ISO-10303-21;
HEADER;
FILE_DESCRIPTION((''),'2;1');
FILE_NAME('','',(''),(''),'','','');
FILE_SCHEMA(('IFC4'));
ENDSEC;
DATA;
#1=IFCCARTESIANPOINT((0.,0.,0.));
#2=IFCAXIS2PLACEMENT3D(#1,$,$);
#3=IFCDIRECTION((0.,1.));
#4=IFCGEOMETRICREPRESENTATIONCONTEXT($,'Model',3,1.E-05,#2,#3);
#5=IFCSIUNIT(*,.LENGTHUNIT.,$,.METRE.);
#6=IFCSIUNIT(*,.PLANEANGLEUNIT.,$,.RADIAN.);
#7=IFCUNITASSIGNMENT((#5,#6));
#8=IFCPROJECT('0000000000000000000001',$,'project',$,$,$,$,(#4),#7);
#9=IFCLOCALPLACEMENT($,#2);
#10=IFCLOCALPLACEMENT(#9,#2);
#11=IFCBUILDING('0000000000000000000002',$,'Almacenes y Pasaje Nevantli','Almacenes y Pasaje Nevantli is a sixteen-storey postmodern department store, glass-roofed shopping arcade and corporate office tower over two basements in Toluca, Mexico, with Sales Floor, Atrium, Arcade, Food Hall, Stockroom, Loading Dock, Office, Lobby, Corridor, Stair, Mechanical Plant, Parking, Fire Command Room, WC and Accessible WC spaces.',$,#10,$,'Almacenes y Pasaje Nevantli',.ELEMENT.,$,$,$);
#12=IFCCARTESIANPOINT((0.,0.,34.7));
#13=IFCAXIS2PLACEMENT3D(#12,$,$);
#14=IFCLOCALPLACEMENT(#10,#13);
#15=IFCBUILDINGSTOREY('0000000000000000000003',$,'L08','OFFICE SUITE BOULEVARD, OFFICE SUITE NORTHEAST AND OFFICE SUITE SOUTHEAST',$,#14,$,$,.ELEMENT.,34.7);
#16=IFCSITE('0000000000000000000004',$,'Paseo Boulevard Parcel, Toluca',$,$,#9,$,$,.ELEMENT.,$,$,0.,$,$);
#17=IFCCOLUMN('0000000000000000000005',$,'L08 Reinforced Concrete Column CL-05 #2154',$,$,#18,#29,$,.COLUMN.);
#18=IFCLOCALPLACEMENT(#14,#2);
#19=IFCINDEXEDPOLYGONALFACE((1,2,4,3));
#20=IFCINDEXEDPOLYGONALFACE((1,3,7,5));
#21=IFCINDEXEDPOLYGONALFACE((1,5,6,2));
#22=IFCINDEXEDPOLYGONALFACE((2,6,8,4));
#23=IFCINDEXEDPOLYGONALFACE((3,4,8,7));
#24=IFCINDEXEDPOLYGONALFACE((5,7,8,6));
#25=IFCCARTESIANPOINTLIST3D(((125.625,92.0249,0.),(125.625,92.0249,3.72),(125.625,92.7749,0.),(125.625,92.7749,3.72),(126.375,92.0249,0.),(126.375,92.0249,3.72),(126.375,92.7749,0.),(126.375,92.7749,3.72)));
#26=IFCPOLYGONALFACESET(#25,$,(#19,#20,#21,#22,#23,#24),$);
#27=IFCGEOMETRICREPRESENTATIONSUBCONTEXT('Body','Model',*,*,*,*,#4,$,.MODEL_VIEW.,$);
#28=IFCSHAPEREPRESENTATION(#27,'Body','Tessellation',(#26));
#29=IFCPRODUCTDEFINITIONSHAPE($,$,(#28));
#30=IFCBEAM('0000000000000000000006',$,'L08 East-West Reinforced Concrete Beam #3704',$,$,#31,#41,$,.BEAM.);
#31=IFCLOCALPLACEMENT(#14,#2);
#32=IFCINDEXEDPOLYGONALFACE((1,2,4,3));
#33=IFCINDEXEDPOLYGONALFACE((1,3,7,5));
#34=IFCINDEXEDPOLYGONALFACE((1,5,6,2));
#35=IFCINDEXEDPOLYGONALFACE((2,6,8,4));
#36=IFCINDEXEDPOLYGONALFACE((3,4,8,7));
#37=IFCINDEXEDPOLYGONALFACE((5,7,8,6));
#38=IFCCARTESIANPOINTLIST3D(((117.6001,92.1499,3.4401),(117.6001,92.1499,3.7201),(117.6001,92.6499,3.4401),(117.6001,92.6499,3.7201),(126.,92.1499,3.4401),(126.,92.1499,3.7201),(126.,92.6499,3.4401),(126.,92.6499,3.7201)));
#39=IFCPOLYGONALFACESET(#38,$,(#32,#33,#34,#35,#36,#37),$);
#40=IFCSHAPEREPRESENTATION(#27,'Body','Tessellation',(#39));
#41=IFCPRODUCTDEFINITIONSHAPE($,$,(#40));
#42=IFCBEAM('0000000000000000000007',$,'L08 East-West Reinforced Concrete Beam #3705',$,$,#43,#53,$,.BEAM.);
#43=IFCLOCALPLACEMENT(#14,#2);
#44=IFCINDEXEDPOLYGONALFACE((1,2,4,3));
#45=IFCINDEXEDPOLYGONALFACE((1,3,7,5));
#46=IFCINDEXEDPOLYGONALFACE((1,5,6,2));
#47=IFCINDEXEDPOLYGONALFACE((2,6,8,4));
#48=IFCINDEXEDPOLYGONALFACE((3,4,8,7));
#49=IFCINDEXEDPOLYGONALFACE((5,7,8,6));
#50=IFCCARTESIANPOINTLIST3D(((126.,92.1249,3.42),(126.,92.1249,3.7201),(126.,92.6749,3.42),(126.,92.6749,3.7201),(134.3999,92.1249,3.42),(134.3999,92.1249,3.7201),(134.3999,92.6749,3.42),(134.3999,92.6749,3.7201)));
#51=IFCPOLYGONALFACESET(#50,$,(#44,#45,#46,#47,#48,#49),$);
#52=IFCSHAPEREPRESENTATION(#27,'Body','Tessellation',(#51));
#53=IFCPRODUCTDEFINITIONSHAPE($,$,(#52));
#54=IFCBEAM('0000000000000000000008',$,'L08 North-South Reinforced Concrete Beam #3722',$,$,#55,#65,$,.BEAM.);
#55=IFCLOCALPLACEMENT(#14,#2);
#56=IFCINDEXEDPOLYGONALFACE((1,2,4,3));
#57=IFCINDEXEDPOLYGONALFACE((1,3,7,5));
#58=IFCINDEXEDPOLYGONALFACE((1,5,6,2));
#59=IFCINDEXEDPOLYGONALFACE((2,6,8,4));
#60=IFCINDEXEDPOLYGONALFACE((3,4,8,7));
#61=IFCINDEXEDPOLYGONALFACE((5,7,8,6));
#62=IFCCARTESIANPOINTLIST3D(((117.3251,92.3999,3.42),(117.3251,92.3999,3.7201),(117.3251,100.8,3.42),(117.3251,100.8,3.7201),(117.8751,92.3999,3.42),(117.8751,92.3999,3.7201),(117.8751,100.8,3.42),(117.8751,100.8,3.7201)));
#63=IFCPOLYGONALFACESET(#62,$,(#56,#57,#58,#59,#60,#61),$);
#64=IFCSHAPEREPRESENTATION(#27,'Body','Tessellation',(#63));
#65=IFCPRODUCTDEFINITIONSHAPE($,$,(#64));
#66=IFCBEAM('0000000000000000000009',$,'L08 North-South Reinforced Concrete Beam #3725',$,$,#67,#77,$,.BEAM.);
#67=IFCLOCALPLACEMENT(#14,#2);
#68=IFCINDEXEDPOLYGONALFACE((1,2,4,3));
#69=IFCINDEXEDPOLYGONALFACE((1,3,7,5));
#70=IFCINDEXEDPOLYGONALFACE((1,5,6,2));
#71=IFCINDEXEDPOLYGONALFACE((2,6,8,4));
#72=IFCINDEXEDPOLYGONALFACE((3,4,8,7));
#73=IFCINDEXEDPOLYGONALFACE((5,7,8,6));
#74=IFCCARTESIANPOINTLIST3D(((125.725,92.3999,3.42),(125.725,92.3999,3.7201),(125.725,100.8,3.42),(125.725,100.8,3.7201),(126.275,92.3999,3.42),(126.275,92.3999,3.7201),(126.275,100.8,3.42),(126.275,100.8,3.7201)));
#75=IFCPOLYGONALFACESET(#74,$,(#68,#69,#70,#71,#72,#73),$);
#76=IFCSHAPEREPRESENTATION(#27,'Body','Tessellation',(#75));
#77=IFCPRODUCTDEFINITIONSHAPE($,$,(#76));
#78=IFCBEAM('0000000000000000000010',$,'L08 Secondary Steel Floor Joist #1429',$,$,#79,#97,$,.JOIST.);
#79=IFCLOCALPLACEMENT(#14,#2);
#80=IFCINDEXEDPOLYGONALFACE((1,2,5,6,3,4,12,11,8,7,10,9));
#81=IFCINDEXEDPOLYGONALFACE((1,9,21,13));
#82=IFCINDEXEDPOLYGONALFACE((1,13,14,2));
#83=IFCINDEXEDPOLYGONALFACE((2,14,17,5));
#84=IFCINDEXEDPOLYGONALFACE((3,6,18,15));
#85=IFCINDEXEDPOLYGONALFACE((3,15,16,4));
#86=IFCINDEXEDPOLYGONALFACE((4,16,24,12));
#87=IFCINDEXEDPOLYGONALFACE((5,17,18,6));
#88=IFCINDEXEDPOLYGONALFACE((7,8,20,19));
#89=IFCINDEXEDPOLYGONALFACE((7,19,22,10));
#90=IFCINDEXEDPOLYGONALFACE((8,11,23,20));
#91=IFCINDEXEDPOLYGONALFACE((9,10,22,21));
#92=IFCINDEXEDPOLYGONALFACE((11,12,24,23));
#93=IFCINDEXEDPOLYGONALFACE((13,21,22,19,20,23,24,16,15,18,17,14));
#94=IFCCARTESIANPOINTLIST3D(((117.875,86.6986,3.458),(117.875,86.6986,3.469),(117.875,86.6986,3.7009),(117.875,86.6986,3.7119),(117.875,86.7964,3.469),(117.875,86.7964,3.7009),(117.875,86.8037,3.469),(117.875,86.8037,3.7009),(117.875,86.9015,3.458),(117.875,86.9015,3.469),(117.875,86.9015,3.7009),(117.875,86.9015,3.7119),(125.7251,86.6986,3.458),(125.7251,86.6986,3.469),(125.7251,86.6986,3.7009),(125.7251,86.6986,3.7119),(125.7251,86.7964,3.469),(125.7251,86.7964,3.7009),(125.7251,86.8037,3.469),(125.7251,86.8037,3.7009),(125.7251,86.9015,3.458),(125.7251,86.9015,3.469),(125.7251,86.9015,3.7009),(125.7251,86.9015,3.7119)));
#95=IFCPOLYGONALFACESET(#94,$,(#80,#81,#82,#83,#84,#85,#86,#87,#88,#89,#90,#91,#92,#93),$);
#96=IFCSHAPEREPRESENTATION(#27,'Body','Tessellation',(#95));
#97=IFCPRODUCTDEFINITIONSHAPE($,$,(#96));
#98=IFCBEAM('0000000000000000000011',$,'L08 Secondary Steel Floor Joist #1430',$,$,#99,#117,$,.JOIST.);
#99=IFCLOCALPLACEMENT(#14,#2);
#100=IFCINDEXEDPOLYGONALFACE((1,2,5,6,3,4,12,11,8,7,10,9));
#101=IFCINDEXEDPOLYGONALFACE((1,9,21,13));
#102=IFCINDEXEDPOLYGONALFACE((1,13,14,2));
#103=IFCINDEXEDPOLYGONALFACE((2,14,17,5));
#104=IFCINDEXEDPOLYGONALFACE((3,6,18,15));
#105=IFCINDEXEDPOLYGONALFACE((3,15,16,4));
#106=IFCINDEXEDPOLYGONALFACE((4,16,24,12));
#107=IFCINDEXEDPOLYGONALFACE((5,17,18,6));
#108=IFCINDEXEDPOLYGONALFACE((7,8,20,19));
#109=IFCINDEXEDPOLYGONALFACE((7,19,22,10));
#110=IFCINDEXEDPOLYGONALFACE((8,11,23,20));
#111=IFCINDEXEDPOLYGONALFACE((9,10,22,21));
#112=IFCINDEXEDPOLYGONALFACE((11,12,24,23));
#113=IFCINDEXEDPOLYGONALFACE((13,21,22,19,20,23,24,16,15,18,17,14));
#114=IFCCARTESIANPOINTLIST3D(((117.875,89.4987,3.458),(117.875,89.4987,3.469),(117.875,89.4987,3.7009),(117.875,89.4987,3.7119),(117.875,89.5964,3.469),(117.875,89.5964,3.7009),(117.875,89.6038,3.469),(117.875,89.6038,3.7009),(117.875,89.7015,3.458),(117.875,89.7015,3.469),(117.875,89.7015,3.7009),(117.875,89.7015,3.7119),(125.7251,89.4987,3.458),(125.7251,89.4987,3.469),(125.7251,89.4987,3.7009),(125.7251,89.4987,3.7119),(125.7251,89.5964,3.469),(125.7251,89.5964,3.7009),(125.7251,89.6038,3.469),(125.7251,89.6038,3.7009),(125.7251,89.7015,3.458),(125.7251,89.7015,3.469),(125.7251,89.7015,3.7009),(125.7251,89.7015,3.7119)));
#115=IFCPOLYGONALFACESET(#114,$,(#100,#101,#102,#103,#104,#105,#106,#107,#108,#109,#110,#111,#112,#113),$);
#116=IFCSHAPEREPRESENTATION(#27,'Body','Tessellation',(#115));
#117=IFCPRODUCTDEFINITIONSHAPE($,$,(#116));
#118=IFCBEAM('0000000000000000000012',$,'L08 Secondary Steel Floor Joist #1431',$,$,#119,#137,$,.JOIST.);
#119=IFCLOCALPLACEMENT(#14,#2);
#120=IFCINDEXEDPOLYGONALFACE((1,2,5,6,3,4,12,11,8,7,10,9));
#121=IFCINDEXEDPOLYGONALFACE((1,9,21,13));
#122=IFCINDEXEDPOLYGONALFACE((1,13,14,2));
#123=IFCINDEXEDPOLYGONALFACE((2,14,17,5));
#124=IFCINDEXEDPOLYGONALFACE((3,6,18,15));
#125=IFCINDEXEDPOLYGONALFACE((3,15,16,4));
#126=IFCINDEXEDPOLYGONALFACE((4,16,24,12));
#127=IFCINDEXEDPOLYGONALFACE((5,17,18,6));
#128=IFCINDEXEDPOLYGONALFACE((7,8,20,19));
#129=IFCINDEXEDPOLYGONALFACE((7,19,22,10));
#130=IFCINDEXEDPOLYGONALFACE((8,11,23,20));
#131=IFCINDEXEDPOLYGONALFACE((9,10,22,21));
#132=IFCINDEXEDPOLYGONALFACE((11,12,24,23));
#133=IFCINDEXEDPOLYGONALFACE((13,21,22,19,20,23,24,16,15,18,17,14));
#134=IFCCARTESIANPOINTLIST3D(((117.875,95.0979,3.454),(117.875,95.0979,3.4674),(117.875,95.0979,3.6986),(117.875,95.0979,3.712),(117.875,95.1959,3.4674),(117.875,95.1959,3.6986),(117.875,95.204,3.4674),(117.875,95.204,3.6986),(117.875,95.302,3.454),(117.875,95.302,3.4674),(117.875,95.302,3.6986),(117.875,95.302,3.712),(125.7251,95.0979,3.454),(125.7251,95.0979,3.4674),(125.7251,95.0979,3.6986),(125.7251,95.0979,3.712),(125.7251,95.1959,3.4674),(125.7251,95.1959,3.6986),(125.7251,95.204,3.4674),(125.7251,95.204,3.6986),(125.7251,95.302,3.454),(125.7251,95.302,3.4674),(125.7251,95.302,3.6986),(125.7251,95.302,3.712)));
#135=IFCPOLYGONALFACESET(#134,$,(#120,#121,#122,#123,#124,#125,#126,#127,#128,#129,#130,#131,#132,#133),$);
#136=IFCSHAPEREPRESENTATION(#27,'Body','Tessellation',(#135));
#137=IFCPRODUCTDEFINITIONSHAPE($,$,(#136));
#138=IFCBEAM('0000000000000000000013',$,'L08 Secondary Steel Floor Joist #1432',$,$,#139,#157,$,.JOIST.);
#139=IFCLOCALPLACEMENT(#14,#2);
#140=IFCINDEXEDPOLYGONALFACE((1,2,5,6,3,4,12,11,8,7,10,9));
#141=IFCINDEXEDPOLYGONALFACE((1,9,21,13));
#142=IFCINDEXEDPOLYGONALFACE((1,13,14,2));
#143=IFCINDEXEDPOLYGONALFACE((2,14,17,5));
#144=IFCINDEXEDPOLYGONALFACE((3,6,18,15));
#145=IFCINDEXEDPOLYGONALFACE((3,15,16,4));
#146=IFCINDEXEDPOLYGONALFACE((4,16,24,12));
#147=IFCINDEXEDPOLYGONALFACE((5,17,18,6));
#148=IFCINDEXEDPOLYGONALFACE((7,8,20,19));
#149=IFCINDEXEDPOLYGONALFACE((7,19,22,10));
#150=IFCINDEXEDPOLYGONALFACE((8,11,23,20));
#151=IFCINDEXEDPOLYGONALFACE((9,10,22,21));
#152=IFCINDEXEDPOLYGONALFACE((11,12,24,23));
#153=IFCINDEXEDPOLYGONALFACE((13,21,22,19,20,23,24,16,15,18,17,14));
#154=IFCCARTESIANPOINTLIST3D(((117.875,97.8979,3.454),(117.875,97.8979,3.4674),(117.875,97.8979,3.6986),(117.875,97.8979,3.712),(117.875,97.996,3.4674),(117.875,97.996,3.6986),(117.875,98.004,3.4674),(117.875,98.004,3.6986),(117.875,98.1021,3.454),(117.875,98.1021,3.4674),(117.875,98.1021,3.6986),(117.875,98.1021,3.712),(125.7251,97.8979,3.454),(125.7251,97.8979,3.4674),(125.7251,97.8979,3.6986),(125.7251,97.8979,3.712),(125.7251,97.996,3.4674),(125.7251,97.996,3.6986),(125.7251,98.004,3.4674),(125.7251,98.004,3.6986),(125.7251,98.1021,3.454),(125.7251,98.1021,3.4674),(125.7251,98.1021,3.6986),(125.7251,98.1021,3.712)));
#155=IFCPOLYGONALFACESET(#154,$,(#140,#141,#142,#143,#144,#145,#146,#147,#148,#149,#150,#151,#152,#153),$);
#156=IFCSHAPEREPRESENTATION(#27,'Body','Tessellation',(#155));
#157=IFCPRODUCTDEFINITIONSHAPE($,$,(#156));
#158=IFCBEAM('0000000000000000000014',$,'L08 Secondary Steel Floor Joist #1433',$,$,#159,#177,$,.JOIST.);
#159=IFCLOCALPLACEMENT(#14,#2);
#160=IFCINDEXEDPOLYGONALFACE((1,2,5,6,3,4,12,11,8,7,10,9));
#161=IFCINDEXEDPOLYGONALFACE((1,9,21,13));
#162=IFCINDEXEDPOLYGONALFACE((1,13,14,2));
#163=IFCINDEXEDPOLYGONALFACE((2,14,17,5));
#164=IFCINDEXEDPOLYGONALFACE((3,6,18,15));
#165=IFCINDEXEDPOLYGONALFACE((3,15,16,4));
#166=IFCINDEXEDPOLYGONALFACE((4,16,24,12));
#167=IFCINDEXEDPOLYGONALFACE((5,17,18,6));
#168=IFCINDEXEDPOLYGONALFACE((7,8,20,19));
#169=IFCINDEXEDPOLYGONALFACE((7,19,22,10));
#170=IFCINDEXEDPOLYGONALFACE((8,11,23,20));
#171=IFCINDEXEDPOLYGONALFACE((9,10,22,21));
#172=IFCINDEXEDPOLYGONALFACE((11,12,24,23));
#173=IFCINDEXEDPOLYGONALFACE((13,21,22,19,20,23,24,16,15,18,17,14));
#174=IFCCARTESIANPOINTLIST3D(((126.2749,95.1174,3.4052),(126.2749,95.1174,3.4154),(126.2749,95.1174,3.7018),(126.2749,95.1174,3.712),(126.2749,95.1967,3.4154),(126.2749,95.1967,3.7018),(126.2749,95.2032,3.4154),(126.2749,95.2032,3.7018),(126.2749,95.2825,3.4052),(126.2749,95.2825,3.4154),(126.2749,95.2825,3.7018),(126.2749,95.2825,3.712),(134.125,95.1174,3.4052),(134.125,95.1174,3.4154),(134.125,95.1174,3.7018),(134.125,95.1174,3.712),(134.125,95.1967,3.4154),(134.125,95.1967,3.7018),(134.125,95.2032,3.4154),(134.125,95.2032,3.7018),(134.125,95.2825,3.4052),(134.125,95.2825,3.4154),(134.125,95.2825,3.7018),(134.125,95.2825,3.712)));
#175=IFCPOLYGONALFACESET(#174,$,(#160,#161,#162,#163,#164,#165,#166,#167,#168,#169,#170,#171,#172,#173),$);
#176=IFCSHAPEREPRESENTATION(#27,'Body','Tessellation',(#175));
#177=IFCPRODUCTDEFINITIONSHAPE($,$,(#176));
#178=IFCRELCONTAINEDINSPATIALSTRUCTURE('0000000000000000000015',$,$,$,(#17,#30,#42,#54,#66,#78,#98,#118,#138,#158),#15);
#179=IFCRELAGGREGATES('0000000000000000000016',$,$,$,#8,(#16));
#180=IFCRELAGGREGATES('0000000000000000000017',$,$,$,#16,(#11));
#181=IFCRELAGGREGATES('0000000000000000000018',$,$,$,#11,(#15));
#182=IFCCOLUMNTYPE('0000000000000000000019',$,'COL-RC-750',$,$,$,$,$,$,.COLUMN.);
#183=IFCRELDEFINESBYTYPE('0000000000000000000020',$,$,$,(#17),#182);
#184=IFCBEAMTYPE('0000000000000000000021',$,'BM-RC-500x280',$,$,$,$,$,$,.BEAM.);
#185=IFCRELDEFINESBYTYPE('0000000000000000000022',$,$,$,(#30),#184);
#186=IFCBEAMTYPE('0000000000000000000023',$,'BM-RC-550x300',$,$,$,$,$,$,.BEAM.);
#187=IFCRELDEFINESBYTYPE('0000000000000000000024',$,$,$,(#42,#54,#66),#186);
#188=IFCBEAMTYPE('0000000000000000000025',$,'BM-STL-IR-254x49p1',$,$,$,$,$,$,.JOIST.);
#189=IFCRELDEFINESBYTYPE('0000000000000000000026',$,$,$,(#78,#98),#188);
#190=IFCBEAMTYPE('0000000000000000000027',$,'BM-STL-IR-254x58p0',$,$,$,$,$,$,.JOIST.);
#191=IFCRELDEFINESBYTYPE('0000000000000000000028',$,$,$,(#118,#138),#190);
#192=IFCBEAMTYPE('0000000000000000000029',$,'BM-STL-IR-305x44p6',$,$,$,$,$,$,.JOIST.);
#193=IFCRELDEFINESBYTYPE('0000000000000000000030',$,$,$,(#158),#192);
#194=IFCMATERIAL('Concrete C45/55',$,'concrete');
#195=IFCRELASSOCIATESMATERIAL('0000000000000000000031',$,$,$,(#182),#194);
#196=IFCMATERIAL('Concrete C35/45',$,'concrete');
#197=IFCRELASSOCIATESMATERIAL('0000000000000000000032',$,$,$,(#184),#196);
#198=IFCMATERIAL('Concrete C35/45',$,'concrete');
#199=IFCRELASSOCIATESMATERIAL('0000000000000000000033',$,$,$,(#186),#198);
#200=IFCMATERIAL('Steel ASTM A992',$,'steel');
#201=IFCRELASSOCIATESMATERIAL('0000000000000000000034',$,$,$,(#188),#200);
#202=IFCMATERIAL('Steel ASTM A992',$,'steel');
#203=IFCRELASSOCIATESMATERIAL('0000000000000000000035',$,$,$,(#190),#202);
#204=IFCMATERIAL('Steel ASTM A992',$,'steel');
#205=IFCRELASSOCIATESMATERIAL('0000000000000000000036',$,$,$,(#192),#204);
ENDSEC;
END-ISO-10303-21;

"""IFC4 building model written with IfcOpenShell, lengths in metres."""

from ifc_helpers import new_model, si_unit, direction, frame, origin, origin_2d, place, context, subcontext, project, spatial, rectangle, i_section, extrude, material, material_profile, profile_set, type_object, element, save


model = new_model("IFC4")

# Units and contexts
model_context = context("Model", 3, precision=1e-05, world=origin(), true_north=direction((0.0, 1.0)))
body_context = subcontext(model_context, "Body", "Model", "MODEL_VIEW")
ifc_project = project(units=[si_unit("LENGTHUNIT", "METRE"), si_unit("PLANEANGLEUNIT", "RADIAN")], contexts=[model_context])

# Site, building, storey
site_placement = place(None, origin())
site = spatial("IfcSite", under=ifc_project, at=site_placement, Name="Paseo Boulevard Parcel, Toluca", CompositionType="ELEMENT", RefElevation=0.0)
building_placement = place(site_placement, origin())
building = spatial("IfcBuilding", under=site, at=building_placement, Name="Almacenes y Pasaje Nevantli", Description="Almacenes y Pasaje Nevantli is a sixteen-storey postmodern department store, glass-roofed shopping arcade and corporate office tower over two basements in Toluca, Mexico, with Sales Floor, Atrium, Arcade, Food Hall, Stockroom, Loading Dock, Office, Lobby, Corridor, Stair, Mechanical Plant, Parking, Fire Command Room, WC and Accessible WC spaces.", LongName="Almacenes y Pasaje Nevantli", CompositionType="ELEMENT")
storey_placement = place(building_placement, frame((0.0, 0.0, 34.7)))
storey = spatial("IfcBuildingStorey", under=building, at=storey_placement, Name="L08", Description="OFFICE SUITE BOULEVARD, OFFICE SUITE NORTHEAST AND OFFICE SUITE SOUTHEAST", CompositionType="ELEMENT", Elevation=34.7)

# Column
ifc_material_1 = material(Name="Concrete C45/55", Category="concrete")
ifc_material_profile_1 = material_profile(ifc_material_1, rectangle(XDim=0.75, YDim=0.75, at=origin_2d()), Name="RC-COL-750x750")
ifc_profile_set_1 = profile_set([ifc_material_profile_1], Name="Concrete C45/55")
column_type = type_object("IfcColumnType", Name="COL-RC-750", PredefinedType="COLUMN", material=ifc_profile_set_1)
column_placement = place(storey_placement, frame((126.0, 92.3999, 0.0), z_axis=(0.0, 0.0, 1.0), x_axis=(1.0, 0.0, 0.0)))
element("IfcColumn", 1, at=column_placement, inside=storey, type_object=column_type, Name="L08 Reinforced Concrete Column CL-05 #2154", PredefinedType="COLUMN", context=body_context, shape_type="SweptSolid", body=[
    extrude(rectangle(XDim=0.75, YDim=0.75, at=origin_2d()), origin(), (0.0, 0.0, 1.0), 3.72),
])

# Beams
ifc_material_2 = material(Name="Concrete C35/45", Category="concrete")
ifc_material_profile_2 = material_profile(ifc_material_2, rectangle(XDim=0.5, YDim=0.28, at=origin_2d()), Name="RC-BM-500x280")
ifc_profile_set_2 = profile_set([ifc_material_profile_2], Name="Concrete C35/45")
beam_type_1 = type_object("IfcBeamType", Name="BM-RC-500x280", PredefinedType="BEAM", material=ifc_profile_set_2)
beam_1_placement = place(storey_placement, frame((117.6001, 92.3999, 3.5801), z_axis=(1.0, 0.0, 0.0), x_axis=(0.0, 1.0, 0.0)))
element("IfcBeam", 2, at=beam_1_placement, inside=storey, type_object=beam_type_1, Name="L08 East-West Reinforced Concrete Beam #3704", PredefinedType="BEAM", context=body_context, shape_type="SweptSolid", body=[
    extrude(rectangle(XDim=0.5, YDim=0.28, at=origin_2d()), origin(), (0.0, 0.0, 1.0), 8.3999),
])
ifc_material_3 = material(Name="Concrete C35/45", Category="concrete")
ifc_material_profile_3 = material_profile(ifc_material_3, rectangle(XDim=0.55, YDim=0.3, at=origin_2d()), Name="RC-BM-550x300")
ifc_profile_set_3 = profile_set([ifc_material_profile_3], Name="Concrete C35/45")
beam_type_2 = type_object("IfcBeamType", Name="BM-RC-550x300", PredefinedType="BEAM", material=ifc_profile_set_3)
beam_2_placement = place(storey_placement, frame((126.0, 92.3999, 3.5701), z_axis=(1.0, 0.0, 0.0), x_axis=(0.0, 1.0, 0.0)))
element("IfcBeam", 3, at=beam_2_placement, inside=storey, type_object=beam_type_2, Name="L08 East-West Reinforced Concrete Beam #3705", PredefinedType="BEAM", context=body_context, shape_type="SweptSolid", body=[
    extrude(rectangle(XDim=0.55, YDim=0.3, at=origin_2d()), origin(), (0.0, 0.0, 1.0), 8.3999),
])
for number, where, z_axis, x_axis, name in (
    (4, (117.6001, 92.3999, 3.5701), (0.0, 1.0, 0.0), (-1.0, 0.0, 0.0), "L08 North-South Reinforced Concrete Beam #3722"),
    (5, (126.0, 92.3999, 3.5701), (0.0, 1.0, 0.0), (-1.0, 0.0, 0.0), "L08 North-South Reinforced Concrete Beam #3725"),
):
    element("IfcBeam", number, at=place(storey_placement, frame(where, z_axis=z_axis, x_axis=x_axis)), inside=storey, type_object=beam_type_2, Name=name, PredefinedType="BEAM", context=body_context, shape_type="SweptSolid", body=[
        extrude(rectangle(XDim=0.55, YDim=0.3, at=origin_2d()), origin(), (0.0, 0.0, 1.0), 8.4001),
    ])
ifc_material_4 = material(Name="Steel ASTM A992", Category="steel")
ifc_material_profile_4 = material_profile(ifc_material_4, i_section(OverallWidth=0.2029, OverallDepth=0.2539, WebThickness=0.0073, FlangeThickness=0.011, at=origin_2d()), Name="IR 254x49.1")
ifc_profile_set_4 = profile_set([ifc_material_profile_4], Name="Steel ASTM A992")
beam_type_3 = type_object("IfcBeamType", Name="BM-STL-IR-254x49p1", PredefinedType="JOIST", material=ifc_profile_set_4)
for number, where, z_axis, x_axis, name in (
    (6, (117.875, 86.8, 3.585), (1.0, 0.0, 0.0), (0.0, 1.0, 0.0), "L08 Secondary Steel Floor Joist #1429"),
    (7, (117.875, 89.6001, 3.585), (1.0, 0.0, 0.0), (0.0, 1.0, 0.0), "L08 Secondary Steel Floor Joist #1430"),
):
    element("IfcBeam", number, at=place(storey_placement, frame(where, z_axis=z_axis, x_axis=x_axis)), inside=storey, type_object=beam_type_3, Name=name, PredefinedType="JOIST", context=body_context, shape_type="SweptSolid", body=[
        extrude(i_section(OverallWidth=0.2029, OverallDepth=0.2539, WebThickness=0.0073, FlangeThickness=0.011, at=origin_2d()), origin(), (0.0, 0.0, 1.0), 7.8501),
    ])
ifc_material_5 = material(Name="Steel ASTM A992", Category="steel")
ifc_material_profile_5 = material_profile(ifc_material_5, i_section(OverallWidth=0.2041, OverallDepth=0.2581, WebThickness=0.0081, FlangeThickness=0.0134, at=origin_2d()), Name="IR 254x58.0")
ifc_profile_set_5 = profile_set([ifc_material_profile_5], Name="Steel ASTM A992")
beam_type_4 = type_object("IfcBeamType", Name="BM-STL-IR-254x58p0", PredefinedType="JOIST", material=ifc_profile_set_5)
for number, where, z_axis, x_axis, name in (
    (8, (117.875, 95.2, 3.583), (1.0, 0.0, 0.0), (0.0, 1.0, 0.0), "L08 Secondary Steel Floor Joist #1431"),
    (9, (117.875, 98.0, 3.583), (1.0, 0.0, 0.0), (0.0, 1.0, 0.0), "L08 Secondary Steel Floor Joist #1432"),
):
    element("IfcBeam", number, at=place(storey_placement, frame(where, z_axis=z_axis, x_axis=x_axis)), inside=storey, type_object=beam_type_4, Name=name, PredefinedType="JOIST", context=body_context, shape_type="SweptSolid", body=[
        extrude(i_section(OverallWidth=0.2041, OverallDepth=0.2581, WebThickness=0.0081, FlangeThickness=0.0134, at=origin_2d()), origin(), (0.0, 0.0, 1.0), 7.8501),
    ])
ifc_material_6 = material(Name="Steel ASTM A992", Category="steel")
ifc_material_profile_6 = material_profile(ifc_material_6, i_section(OverallWidth=0.165, OverallDepth=0.3069, WebThickness=0.0066, FlangeThickness=0.0103, at=origin_2d()), Name="IR 305x44.6")
ifc_profile_set_6 = profile_set([ifc_material_profile_6], Name="Steel ASTM A992")
beam_type_5 = type_object("IfcBeamType", Name="BM-STL-IR-305x44p6", PredefinedType="JOIST", material=ifc_profile_set_6)
for number, where, z_axis, x_axis, name in (
    (10, (126.2749, 95.2, 3.5586), (1.0, 0.0, 0.0), (0.0, 1.0, 0.0), "L08 Secondary Steel Floor Joist #1433"),
):
    element("IfcBeam", number, at=place(storey_placement, frame(where, z_axis=z_axis, x_axis=x_axis)), inside=storey, type_object=beam_type_5, Name=name, PredefinedType="JOIST", context=body_context, shape_type="SweptSolid", body=[
        extrude(i_section(OverallWidth=0.165, OverallDepth=0.3069, WebThickness=0.0066, FlangeThickness=0.0103, at=origin_2d()), origin(), (0.0, 0.0, 1.0), 7.8501),
    ])

save(model, "model.ifc")
